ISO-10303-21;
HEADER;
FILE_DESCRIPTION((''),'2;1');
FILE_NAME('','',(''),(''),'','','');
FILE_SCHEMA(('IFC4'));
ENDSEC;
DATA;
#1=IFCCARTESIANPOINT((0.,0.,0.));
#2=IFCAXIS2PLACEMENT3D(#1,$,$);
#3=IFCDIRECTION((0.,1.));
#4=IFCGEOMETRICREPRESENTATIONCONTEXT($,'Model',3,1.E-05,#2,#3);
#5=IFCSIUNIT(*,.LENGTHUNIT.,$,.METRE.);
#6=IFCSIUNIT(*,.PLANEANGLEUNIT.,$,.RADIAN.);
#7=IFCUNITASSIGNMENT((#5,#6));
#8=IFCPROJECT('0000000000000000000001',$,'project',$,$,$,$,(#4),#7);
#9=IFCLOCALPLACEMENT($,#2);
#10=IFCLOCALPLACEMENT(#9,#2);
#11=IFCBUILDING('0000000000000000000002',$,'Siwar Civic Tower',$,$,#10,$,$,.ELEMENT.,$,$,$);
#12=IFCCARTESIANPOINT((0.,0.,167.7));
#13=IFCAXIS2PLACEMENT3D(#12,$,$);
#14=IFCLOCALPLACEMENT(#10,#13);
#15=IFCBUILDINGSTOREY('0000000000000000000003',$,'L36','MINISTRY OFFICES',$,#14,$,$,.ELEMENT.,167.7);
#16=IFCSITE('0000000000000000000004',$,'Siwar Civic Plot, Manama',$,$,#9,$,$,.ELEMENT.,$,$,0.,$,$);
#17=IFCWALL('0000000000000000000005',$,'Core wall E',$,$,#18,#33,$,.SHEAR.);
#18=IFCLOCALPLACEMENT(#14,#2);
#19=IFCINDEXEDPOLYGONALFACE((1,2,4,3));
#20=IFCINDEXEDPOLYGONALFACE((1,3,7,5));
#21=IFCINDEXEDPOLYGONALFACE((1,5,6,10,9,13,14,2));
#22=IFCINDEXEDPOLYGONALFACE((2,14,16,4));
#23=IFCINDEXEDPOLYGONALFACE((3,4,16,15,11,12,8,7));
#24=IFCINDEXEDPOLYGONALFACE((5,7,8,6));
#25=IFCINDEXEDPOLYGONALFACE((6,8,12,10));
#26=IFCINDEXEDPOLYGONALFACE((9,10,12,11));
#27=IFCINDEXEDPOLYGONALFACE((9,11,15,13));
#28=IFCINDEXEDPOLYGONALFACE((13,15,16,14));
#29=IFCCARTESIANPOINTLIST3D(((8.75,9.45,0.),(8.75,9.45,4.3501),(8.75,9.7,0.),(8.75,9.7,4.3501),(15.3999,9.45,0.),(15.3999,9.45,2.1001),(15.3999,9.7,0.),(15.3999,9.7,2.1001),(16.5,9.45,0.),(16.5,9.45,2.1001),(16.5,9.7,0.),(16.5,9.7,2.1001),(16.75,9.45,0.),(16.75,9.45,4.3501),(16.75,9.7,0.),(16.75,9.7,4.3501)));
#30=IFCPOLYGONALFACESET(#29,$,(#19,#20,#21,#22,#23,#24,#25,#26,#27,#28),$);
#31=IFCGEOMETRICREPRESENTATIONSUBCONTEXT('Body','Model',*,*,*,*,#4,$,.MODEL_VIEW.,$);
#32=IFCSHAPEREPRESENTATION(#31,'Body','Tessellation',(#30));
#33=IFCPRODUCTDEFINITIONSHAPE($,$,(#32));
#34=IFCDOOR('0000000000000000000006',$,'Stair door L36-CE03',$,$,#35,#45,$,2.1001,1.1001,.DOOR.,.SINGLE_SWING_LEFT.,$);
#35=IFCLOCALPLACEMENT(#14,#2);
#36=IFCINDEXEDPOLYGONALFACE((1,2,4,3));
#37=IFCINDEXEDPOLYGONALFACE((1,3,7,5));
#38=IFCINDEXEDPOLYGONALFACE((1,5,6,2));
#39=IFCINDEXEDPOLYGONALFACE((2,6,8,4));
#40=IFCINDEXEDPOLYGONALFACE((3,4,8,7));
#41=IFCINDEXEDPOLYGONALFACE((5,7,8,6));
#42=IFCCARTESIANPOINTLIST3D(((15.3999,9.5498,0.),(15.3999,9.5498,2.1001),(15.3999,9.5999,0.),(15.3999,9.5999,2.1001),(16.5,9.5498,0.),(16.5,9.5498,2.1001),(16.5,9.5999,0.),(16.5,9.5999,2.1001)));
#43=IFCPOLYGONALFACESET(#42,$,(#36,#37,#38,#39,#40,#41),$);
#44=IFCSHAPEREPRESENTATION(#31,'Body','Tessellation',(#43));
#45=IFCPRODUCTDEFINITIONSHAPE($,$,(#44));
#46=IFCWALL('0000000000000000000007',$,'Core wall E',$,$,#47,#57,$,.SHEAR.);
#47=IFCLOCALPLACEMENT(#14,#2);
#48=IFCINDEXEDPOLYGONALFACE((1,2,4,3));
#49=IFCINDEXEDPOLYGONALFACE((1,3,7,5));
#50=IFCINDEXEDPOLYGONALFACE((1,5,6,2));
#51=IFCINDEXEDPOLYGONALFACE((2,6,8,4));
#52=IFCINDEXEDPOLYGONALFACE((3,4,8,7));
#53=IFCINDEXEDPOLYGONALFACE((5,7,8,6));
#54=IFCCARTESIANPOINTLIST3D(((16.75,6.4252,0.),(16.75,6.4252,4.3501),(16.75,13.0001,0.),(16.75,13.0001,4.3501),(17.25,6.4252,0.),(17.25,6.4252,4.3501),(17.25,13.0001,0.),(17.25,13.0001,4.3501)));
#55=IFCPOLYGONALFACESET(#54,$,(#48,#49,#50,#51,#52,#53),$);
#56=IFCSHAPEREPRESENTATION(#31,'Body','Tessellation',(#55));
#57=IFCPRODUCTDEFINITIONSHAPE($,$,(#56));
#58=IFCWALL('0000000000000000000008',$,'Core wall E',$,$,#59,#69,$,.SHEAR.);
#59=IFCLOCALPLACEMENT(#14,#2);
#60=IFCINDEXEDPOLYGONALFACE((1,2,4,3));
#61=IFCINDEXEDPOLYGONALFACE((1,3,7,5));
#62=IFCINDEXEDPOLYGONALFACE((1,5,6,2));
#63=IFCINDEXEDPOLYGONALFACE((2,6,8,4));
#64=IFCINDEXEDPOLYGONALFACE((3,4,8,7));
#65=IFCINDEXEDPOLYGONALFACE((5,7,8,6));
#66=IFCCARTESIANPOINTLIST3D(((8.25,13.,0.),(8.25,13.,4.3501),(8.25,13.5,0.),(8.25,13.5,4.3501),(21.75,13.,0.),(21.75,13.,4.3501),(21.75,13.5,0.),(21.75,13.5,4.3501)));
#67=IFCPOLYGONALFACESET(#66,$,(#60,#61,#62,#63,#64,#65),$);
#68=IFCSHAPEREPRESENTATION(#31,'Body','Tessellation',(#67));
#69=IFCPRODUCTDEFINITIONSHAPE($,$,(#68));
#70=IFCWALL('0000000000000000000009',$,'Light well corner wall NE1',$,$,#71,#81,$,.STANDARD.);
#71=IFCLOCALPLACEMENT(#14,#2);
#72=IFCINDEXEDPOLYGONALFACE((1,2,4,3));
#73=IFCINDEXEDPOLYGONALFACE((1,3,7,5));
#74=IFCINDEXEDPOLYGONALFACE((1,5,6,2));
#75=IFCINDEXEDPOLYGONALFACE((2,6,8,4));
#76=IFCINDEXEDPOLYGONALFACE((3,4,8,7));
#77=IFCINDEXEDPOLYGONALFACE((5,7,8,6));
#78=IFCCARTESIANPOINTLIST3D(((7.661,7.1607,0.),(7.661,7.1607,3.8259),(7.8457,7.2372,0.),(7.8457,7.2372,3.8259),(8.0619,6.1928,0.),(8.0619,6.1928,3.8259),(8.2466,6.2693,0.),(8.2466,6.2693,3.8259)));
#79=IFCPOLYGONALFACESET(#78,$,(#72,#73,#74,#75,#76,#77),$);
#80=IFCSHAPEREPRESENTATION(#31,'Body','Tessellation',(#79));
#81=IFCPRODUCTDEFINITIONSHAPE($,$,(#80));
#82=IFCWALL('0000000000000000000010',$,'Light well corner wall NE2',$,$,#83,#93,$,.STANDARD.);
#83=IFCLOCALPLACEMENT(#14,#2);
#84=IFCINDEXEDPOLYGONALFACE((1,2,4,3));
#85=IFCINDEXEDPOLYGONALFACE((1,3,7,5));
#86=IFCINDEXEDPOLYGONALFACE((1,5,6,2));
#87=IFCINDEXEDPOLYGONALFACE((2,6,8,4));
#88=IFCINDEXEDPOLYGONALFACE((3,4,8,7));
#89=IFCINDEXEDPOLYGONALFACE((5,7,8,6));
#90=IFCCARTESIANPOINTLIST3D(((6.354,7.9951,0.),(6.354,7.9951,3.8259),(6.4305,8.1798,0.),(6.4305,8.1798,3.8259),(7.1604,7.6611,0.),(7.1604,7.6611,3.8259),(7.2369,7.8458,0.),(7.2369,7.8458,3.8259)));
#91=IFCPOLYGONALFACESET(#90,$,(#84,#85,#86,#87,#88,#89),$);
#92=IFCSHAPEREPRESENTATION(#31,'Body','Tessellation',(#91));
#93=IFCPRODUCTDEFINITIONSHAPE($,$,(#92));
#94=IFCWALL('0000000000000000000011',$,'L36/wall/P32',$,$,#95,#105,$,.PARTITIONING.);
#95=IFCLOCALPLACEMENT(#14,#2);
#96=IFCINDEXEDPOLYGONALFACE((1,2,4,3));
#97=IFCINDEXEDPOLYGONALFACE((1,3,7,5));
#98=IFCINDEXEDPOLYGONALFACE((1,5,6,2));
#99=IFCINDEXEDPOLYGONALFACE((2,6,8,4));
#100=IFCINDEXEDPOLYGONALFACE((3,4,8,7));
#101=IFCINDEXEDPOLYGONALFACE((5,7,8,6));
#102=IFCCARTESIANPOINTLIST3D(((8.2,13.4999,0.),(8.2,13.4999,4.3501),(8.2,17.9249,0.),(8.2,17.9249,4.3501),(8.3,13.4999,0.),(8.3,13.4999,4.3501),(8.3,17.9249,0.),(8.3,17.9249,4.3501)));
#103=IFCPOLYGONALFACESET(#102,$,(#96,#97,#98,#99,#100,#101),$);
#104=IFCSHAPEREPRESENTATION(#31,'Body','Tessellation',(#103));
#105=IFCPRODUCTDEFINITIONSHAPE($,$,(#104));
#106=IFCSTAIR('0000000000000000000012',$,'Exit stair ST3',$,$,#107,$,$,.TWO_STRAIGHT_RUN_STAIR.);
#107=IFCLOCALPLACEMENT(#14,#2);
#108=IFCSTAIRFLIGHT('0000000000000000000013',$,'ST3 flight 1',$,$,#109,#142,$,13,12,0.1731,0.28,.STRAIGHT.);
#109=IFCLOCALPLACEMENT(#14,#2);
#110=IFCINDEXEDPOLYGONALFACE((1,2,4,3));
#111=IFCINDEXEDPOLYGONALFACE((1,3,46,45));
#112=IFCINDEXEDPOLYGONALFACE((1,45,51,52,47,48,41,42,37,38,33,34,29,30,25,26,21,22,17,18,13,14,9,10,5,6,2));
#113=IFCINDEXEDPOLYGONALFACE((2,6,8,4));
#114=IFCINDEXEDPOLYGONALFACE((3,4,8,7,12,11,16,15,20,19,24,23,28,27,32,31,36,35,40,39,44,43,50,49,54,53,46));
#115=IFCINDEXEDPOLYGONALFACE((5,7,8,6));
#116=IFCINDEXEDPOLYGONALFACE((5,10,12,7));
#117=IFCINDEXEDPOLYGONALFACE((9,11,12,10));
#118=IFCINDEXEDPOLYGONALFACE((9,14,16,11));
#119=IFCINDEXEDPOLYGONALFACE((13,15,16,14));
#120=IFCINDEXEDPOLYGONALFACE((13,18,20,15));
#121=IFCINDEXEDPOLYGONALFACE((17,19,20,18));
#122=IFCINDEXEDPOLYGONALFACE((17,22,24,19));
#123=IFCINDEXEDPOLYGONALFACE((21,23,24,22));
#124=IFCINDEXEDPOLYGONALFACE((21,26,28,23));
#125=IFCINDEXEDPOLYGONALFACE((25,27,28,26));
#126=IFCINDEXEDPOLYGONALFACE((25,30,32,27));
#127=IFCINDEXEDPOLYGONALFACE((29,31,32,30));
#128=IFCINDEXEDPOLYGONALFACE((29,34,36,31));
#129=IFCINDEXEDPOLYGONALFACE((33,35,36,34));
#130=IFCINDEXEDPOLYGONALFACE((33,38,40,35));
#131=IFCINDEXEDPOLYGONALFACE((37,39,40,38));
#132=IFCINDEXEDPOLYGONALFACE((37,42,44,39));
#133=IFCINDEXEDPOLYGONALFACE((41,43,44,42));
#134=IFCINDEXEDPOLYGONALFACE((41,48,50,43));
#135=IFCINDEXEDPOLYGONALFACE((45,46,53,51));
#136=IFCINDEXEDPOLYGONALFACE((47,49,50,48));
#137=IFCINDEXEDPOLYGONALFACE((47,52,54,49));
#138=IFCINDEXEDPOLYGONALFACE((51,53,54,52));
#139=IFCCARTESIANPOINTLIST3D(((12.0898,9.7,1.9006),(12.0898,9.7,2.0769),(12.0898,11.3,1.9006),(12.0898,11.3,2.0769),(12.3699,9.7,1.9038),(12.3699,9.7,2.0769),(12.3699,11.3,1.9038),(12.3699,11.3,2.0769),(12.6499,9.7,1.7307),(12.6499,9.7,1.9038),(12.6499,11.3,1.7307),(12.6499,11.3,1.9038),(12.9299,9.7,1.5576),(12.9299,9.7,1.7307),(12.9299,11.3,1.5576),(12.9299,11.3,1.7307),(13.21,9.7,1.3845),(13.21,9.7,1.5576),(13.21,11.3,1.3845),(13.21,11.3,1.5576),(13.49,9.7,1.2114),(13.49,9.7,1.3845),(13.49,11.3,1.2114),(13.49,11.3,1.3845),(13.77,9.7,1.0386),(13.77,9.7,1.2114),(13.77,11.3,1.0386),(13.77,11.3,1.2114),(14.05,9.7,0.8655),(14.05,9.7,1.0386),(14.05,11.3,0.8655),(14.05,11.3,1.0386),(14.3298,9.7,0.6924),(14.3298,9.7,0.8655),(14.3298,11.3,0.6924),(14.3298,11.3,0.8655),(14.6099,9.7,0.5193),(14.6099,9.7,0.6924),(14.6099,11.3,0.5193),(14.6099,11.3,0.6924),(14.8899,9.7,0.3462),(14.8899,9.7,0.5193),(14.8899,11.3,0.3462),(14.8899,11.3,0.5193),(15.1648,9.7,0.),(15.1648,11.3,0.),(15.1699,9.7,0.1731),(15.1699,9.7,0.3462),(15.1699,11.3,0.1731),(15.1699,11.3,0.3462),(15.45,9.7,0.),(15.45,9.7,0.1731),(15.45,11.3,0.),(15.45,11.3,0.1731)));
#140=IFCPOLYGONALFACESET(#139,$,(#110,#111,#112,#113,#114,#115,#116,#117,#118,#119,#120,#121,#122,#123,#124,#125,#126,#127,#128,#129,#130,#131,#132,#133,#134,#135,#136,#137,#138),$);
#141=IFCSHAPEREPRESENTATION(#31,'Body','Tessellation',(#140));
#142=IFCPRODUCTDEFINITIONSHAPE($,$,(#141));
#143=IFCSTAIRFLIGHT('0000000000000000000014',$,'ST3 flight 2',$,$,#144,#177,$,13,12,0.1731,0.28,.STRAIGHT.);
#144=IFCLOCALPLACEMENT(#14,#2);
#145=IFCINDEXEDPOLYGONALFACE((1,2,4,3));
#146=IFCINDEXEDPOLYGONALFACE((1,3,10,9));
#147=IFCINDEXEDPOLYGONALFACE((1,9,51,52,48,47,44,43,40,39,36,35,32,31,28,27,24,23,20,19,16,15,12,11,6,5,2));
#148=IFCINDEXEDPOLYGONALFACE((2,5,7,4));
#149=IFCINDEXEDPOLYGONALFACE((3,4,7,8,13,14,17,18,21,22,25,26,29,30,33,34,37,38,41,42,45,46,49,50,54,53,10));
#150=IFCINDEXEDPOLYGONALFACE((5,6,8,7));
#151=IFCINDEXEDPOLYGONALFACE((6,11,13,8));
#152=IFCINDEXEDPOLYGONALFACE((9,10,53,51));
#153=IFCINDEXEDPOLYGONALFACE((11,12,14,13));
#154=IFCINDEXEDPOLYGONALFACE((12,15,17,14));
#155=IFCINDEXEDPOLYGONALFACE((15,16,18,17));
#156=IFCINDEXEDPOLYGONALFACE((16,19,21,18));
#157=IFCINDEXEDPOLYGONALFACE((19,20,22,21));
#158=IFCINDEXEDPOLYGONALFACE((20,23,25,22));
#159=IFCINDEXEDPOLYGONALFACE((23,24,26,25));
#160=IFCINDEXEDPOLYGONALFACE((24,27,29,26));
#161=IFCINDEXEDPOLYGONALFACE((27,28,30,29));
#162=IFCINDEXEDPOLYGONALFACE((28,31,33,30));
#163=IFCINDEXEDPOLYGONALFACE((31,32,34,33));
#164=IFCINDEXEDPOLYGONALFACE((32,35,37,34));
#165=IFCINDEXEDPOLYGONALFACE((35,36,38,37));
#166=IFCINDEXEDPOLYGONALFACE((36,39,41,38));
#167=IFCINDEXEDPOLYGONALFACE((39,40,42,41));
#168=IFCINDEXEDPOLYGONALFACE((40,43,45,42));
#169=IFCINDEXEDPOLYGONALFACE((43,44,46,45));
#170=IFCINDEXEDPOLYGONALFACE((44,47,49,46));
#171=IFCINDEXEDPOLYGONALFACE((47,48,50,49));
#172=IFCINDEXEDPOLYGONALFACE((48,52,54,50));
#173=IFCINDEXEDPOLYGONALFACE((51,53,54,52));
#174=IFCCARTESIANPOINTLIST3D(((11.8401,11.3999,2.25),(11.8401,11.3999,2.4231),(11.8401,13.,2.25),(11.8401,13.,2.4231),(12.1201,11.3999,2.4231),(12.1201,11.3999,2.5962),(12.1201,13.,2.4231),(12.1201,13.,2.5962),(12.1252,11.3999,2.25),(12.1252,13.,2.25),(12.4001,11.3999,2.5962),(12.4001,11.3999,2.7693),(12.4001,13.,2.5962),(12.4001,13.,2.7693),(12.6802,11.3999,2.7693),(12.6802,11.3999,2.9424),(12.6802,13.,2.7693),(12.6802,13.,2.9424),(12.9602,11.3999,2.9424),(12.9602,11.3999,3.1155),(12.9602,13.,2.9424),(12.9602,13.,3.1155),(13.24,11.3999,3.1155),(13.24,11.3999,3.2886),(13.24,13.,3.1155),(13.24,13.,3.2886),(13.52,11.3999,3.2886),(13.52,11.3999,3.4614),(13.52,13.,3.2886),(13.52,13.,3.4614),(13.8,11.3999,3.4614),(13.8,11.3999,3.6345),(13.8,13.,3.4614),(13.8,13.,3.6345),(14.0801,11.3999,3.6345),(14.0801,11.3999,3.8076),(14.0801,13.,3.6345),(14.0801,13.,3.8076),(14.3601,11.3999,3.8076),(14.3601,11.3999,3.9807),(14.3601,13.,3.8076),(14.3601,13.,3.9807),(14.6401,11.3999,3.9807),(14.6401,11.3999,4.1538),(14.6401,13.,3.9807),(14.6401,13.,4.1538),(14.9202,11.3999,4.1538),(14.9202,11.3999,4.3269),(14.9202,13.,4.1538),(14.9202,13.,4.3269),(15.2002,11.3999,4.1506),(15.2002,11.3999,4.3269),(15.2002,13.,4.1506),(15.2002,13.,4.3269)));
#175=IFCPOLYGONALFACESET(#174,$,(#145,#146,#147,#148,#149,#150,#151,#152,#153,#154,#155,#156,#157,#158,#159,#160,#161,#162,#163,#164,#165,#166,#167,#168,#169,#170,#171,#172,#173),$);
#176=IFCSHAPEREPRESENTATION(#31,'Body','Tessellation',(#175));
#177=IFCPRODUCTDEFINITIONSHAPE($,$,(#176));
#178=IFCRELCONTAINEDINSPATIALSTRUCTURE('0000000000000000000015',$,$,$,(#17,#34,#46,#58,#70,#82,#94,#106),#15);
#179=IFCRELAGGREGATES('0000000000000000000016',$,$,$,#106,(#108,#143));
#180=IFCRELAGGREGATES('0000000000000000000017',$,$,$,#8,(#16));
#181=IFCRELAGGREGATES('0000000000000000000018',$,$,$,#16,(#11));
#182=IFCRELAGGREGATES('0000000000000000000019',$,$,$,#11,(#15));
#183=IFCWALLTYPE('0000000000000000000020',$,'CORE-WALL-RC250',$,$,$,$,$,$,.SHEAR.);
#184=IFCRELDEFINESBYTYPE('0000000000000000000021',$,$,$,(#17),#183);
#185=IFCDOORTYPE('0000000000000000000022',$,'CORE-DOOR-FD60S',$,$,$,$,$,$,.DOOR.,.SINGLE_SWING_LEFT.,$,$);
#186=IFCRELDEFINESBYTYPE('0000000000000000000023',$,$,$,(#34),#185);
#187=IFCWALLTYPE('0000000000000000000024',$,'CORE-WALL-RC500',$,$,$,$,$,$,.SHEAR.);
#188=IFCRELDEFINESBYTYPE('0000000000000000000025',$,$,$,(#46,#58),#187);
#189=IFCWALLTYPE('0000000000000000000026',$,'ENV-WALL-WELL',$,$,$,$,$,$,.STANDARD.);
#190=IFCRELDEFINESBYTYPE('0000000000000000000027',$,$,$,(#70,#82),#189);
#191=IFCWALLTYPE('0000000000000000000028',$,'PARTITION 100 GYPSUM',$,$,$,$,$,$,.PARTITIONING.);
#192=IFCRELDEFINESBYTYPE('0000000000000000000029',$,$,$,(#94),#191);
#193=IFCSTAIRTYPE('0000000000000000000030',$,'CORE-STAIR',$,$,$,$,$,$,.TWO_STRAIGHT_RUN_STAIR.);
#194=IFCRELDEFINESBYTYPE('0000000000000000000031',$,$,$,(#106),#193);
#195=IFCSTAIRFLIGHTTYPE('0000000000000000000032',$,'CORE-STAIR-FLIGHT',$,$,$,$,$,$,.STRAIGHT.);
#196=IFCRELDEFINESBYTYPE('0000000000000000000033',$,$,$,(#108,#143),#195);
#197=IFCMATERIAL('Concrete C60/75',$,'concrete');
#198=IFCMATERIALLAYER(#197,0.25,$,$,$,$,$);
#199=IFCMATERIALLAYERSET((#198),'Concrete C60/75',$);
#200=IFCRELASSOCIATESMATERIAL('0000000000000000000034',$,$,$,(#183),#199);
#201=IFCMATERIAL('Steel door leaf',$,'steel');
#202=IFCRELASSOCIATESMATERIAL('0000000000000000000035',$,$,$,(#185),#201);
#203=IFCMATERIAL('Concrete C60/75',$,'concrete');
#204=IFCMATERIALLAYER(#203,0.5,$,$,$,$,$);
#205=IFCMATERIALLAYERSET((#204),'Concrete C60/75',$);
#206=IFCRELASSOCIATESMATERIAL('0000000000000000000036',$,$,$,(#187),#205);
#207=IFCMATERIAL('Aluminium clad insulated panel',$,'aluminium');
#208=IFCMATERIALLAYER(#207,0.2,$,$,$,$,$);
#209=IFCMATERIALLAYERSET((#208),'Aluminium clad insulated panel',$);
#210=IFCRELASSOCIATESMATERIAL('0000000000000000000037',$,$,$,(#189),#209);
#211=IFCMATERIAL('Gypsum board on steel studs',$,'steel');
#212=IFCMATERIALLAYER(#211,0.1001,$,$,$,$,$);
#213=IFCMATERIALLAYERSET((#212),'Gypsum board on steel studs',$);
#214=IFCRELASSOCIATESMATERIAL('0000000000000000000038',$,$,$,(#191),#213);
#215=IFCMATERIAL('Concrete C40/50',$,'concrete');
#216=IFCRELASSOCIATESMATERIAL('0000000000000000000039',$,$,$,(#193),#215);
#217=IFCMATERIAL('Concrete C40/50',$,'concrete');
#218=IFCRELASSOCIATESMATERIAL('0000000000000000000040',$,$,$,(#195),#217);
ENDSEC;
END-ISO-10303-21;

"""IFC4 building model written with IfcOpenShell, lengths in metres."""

from ifc_helpers import new_model, si_unit, direction, frame, frame_2d, origin, place, context, subcontext, project, spatial, polyline, rectangle, outline, extrude, material, layer, layer_set, type_object, element, fill, aggregate, save


model = new_model("IFC4")

# Units and contexts
model_context = context("Model", 3, precision=1e-05, world=origin(), true_north=direction((0.0, 1.0)))
body_context = subcontext(model_context, "Body", "Model", "MODEL_VIEW")
ifc_project = project(units=[si_unit("LENGTHUNIT", "METRE"), si_unit("PLANEANGLEUNIT", "RADIAN")], contexts=[model_context])

# Site, building, storey
site_placement = place(None, origin())
site = spatial("IfcSite", under=ifc_project, at=site_placement, Name="Siwar Civic Plot, Manama", CompositionType="ELEMENT", RefElevation=0.0)
building_placement = place(site_placement, origin())
building = spatial("IfcBuilding", under=site, at=building_placement, Name="Siwar Civic Tower", CompositionType="ELEMENT")
storey_placement = place(building_placement, frame((0.0, 0.0, 167.7)))
storey = spatial("IfcBuildingStorey", under=building, at=storey_placement, Name="L36", Description="MINISTRY OFFICES", CompositionType="ELEMENT", Elevation=167.7)

# Shared definitions
ifc_material_1 = material(Name="Concrete C60/75", Category="concrete")
ifc_layer_1 = layer(ifc_material_1, 0.25)
ifc_layer_set_1 = layer_set([ifc_layer_1], Name="Concrete C60/75")
wall_type_1 = type_object("IfcWallType", Name="CORE-WALL-RC250", PredefinedType="SHEAR", material=ifc_layer_set_1)

# Wall, opening, door
wall_1_placement = place(storey_placement, frame((8.75, 9.575, 0.0), z_axis=(0.0, 0.0, 1.0), x_axis=(1.0, 0.0, 0.0)))
wall_1 = element("IfcWall", 1, at=wall_1_placement, inside=storey, type_object=wall_type_1, Name="Core wall E", PredefinedType="SHEAR", context=body_context, shape_type="SweptSolid", body=[
    extrude(rectangle(XDim=8.0, YDim=0.25, at=frame_2d((4.0, 0.0))), origin(), (0.0, 0.0, 1.0), 4.3501),
])
opening_1_placement = place(wall_1_placement, frame((6.6499, 0.0, 0.0)))
opening_1 = element("IfcOpeningElement", 2, at=opening_1_placement, cuts=wall_1, PredefinedType="OPENING", context=body_context, shape_type="SweptSolid", body=[
    extrude(rectangle(XDim=1.1001, YDim=2.1001, at=frame_2d((0.55, 1.05))), frame((0.0, 0.135, 0.0), z_axis=(0.0, -1.0, 0.0), x_axis=(1.0, 0.0, 0.0)), (0.0, 0.0, 1.0), 0.27),
])
ifc_material_2 = material(Name="Steel door leaf", Category="steel")
door_type_1 = type_object("IfcDoorType", Name="CORE-DOOR-FD60S", OperationType="SINGLE_SWING_LEFT", PredefinedType="DOOR", material=ifc_material_2)
door_1_placement = place(opening_1_placement, origin())
door_1 = element("IfcDoor", 3, at=door_1_placement, inside=storey, type_object=door_type_1, Name="Stair door L36-CE03", OperationType="SINGLE_SWING_LEFT", OverallHeight=2.1001, OverallWidth=1.1001, PredefinedType="DOOR", context=body_context, shape_type="SweptSolid", body=[
    extrude(rectangle(XDim=1.1001, YDim=2.1001, at=frame_2d((0.55, 1.05))), frame((0.0, 0.0249, 0.0), z_axis=(0.0, -1.0, 0.0), x_axis=(1.0, 0.0, 0.0)), (0.0, 0.0, 1.0), 0.05),
])
fill(opening_1, door_1)

# Walls
ifc_material_3 = material(Name="Concrete C60/75", Category="concrete")
ifc_layer_2 = layer(ifc_material_3, 0.5)
ifc_layer_set_2 = layer_set([ifc_layer_2], Name="Concrete C60/75")
wall_type_2 = type_object("IfcWallType", Name="CORE-WALL-RC500", PredefinedType="SHEAR", material=ifc_layer_set_2)
wall_2_placement = place(storey_placement, frame((17.0, 6.425, 0.0), z_axis=(0.0, 0.0, 1.0), x_axis=(0.0, 1.0, 0.0)))
element("IfcWall", 4, at=wall_2_placement, inside=storey, type_object=wall_type_2, Name="Core wall E", PredefinedType="SHEAR", context=body_context, shape_type="SweptSolid", body=[
    extrude(rectangle(XDim=6.575, YDim=0.5, at=frame_2d((3.2876, 0.0))), origin(), (0.0, 0.0, 1.0), 4.3501),
])
wall_3_placement = place(storey_placement, frame((8.25, 13.25, 0.0), z_axis=(0.0, 0.0, 1.0), x_axis=(1.0, 0.0, 0.0)))
element("IfcWall", 5, at=wall_3_placement, inside=storey, type_object=wall_type_2, Name="Core wall E", PredefinedType="SHEAR", context=body_context, shape_type="SweptSolid", body=[
    extrude(rectangle(XDim=13.5, YDim=0.5, at=frame_2d((6.75, 0.0))), origin(), (0.0, 0.0, 1.0), 4.3501),
])
ifc_material_4 = material(Name="Aluminium clad insulated panel", Category="aluminium")
ifc_layer_3 = layer(ifc_material_4, 0.2)
ifc_layer_set_3 = layer_set([ifc_layer_3], Name="Aluminium clad insulated panel")
wall_type_3 = type_object("IfcWallType", Name="ENV-WALL-WELL", PredefinedType="STANDARD", material=ifc_layer_set_3)
wall_4_placement = place(storey_placement, frame((8.1543, 6.231, 0.0), z_axis=(0.0, 0.0, 1.0), x_axis=(-0.382695, 0.923875, 0.0)))
element("IfcWall", 6, at=wall_4_placement, inside=storey, type_object=wall_type_3, Name="Light well corner wall NE1", PredefinedType="STANDARD", context=body_context, shape_type="SweptSolid", body=[
    extrude(rectangle(XDim=1.0476, YDim=0.2, at=frame_2d((0.5239, 0.0))), origin(), (0.0, 0.0, 1.0), 3.8259),
])
wall_5_placement = place(storey_placement, frame((7.1987, 7.7534, 0.0), z_axis=(0.0, 0.0, 1.0), x_axis=(-0.923894, 0.382648, 0.0)))
element("IfcWall", 7, at=wall_5_placement, inside=storey, type_object=wall_type_3, Name="Light well corner wall NE2", PredefinedType="STANDARD", context=body_context, shape_type="SweptSolid", body=[
    extrude(rectangle(XDim=0.8728, YDim=0.2, at=frame_2d((0.4365, 0.0))), origin(), (0.0, 0.0, 1.0), 3.8259),
])
ifc_material_5 = material(Name="Gypsum board on steel studs", Category="steel")
ifc_layer_4 = layer(ifc_material_5, 0.1001)
ifc_layer_set_4 = layer_set([ifc_layer_4], Name="Gypsum board on steel studs")
wall_type_4 = type_object("IfcWallType", Name="PARTITION 100 GYPSUM", PredefinedType="PARTITIONING", material=ifc_layer_set_4)
wall_6_placement = place(storey_placement, frame((8.25, 13.5, 0.0), z_axis=(0.0, 0.0, 1.0), x_axis=(0.0, 1.0, 0.0)))
element("IfcWall", 8, at=wall_6_placement, inside=storey, type_object=wall_type_4, Name="L36/wall/P32", PredefinedType="PARTITIONING", context=body_context, shape_type="SweptSolid", body=[
    extrude(rectangle(XDim=4.425, YDim=0.1001, at=frame_2d((2.2124, 0.0))), origin(), (0.0, 0.0, 1.0), 4.3501),
])

# Stair, stair flights
ifc_material_6 = material(Name="Concrete C40/50", Category="concrete")
stair_type = type_object("IfcStairType", Name="CORE-STAIR", PredefinedType="TWO_STRAIGHT_RUN_STAIR", material=ifc_material_6)
stair_placement = place(storey_placement, origin())
stair = element("IfcStair", 9, at=stair_placement, inside=storey, type_object=stair_type, Name="Exit stair ST3", PredefinedType="TWO_STRAIGHT_RUN_STAIR")
ifc_material_7 = material(Name="Concrete C40/50", Category="concrete")
stair_flight_type = type_object("IfcStairFlightType", Name="CORE-STAIR-FLIGHT", PredefinedType="STRAIGHT", material=ifc_material_7)
stair_flight_1_placement = place(storey_placement, frame((15.45, 10.5, 0.0), z_axis=(0.0, 0.0, 1.0), x_axis=(-1.0, 0.0, 0.0)))
stair_flight_1 = element("IfcStairFlight", 10, at=stair_flight_1_placement, type_object=stair_flight_type, Name="ST3 flight 1", NumberOfRisers=13, NumberOfTreads=12, PredefinedType="STRAIGHT", RiserHeight=0.1731, TreadLength=0.28, context=body_context, shape_type="SweptSolid", body=[
    extrude(outline(polyline([(0.0, 0.0), (0.0, 0.1731), (0.28, 0.1731), (0.28, 0.3462), (0.5601, 0.3462), (0.5601, 0.5193), (0.8401, 0.5193), (0.8401, 0.6924), (1.1201, 0.6924), (1.1201, 0.8655), (1.3999, 0.8655), (1.3999, 1.0386), (1.6799, 1.0386), (1.6799, 1.2114), (1.96, 1.2114), (1.96, 1.3845), (2.24, 1.3845), (2.24, 1.5576), (2.52, 1.5576), (2.52, 1.7307), (2.8, 1.7307), (2.8, 1.9038), (3.0801, 1.9038), (3.0801, 2.0769), (3.3601, 2.0769), (3.3601, 2.25), (3.3601, 1.9006), (0.2852, 0.0), (0.0, 0.0)])), frame((0.0, 0.8, 0.0), z_axis=(0.0, -1.0, 0.0), x_axis=(1.0, 0.0, 0.0)), (0.0, 0.0, 1.0), 1.6001),
])
stair_flight_2_placement = place(storey_placement, frame((11.8401, 12.2, 2.25), z_axis=(0.0, 0.0, 1.0), x_axis=(1.0, 0.0, 0.0)))
stair_flight_2 = element("IfcStairFlight", 11, at=stair_flight_2_placement, type_object=stair_flight_type, Name="ST3 flight 2", NumberOfRisers=13, NumberOfTreads=12, PredefinedType="STRAIGHT", RiserHeight=0.1731, TreadLength=0.28, context=body_context, shape_type="SweptSolid", body=[
    extrude(outline(polyline([(0.0, 0.0), (0.0, 0.1731), (0.28, 0.1731), (0.28, 0.3462), (0.5601, 0.3462), (0.5601, 0.5193), (0.8401, 0.5193), (0.8401, 0.6924), (1.1201, 0.6924), (1.1201, 0.8655), (1.3999, 0.8655), (1.3999, 1.0386), (1.6799, 1.0386), (1.6799, 1.2114), (1.96, 1.2114), (1.96, 1.3845), (2.24, 1.3845), (2.24, 1.5576), (2.52, 1.5576), (2.52, 1.7307), (2.8, 1.7307), (2.8, 1.9038), (3.0801, 1.9038), (3.0801, 2.0769), (3.3601, 2.0769), (3.3601, 2.25), (3.3601, 1.9006), (0.2852, 0.0), (0.0, 0.0)])), frame((0.0, 0.8, 0.0), z_axis=(0.0, -1.0, 0.0), x_axis=(1.0, 0.0, 0.0)), (0.0, 0.0, 1.0), 1.6001),
])
aggregate(stair, [stair_flight_1, stair_flight_2])

save(model, "model.ifc")
